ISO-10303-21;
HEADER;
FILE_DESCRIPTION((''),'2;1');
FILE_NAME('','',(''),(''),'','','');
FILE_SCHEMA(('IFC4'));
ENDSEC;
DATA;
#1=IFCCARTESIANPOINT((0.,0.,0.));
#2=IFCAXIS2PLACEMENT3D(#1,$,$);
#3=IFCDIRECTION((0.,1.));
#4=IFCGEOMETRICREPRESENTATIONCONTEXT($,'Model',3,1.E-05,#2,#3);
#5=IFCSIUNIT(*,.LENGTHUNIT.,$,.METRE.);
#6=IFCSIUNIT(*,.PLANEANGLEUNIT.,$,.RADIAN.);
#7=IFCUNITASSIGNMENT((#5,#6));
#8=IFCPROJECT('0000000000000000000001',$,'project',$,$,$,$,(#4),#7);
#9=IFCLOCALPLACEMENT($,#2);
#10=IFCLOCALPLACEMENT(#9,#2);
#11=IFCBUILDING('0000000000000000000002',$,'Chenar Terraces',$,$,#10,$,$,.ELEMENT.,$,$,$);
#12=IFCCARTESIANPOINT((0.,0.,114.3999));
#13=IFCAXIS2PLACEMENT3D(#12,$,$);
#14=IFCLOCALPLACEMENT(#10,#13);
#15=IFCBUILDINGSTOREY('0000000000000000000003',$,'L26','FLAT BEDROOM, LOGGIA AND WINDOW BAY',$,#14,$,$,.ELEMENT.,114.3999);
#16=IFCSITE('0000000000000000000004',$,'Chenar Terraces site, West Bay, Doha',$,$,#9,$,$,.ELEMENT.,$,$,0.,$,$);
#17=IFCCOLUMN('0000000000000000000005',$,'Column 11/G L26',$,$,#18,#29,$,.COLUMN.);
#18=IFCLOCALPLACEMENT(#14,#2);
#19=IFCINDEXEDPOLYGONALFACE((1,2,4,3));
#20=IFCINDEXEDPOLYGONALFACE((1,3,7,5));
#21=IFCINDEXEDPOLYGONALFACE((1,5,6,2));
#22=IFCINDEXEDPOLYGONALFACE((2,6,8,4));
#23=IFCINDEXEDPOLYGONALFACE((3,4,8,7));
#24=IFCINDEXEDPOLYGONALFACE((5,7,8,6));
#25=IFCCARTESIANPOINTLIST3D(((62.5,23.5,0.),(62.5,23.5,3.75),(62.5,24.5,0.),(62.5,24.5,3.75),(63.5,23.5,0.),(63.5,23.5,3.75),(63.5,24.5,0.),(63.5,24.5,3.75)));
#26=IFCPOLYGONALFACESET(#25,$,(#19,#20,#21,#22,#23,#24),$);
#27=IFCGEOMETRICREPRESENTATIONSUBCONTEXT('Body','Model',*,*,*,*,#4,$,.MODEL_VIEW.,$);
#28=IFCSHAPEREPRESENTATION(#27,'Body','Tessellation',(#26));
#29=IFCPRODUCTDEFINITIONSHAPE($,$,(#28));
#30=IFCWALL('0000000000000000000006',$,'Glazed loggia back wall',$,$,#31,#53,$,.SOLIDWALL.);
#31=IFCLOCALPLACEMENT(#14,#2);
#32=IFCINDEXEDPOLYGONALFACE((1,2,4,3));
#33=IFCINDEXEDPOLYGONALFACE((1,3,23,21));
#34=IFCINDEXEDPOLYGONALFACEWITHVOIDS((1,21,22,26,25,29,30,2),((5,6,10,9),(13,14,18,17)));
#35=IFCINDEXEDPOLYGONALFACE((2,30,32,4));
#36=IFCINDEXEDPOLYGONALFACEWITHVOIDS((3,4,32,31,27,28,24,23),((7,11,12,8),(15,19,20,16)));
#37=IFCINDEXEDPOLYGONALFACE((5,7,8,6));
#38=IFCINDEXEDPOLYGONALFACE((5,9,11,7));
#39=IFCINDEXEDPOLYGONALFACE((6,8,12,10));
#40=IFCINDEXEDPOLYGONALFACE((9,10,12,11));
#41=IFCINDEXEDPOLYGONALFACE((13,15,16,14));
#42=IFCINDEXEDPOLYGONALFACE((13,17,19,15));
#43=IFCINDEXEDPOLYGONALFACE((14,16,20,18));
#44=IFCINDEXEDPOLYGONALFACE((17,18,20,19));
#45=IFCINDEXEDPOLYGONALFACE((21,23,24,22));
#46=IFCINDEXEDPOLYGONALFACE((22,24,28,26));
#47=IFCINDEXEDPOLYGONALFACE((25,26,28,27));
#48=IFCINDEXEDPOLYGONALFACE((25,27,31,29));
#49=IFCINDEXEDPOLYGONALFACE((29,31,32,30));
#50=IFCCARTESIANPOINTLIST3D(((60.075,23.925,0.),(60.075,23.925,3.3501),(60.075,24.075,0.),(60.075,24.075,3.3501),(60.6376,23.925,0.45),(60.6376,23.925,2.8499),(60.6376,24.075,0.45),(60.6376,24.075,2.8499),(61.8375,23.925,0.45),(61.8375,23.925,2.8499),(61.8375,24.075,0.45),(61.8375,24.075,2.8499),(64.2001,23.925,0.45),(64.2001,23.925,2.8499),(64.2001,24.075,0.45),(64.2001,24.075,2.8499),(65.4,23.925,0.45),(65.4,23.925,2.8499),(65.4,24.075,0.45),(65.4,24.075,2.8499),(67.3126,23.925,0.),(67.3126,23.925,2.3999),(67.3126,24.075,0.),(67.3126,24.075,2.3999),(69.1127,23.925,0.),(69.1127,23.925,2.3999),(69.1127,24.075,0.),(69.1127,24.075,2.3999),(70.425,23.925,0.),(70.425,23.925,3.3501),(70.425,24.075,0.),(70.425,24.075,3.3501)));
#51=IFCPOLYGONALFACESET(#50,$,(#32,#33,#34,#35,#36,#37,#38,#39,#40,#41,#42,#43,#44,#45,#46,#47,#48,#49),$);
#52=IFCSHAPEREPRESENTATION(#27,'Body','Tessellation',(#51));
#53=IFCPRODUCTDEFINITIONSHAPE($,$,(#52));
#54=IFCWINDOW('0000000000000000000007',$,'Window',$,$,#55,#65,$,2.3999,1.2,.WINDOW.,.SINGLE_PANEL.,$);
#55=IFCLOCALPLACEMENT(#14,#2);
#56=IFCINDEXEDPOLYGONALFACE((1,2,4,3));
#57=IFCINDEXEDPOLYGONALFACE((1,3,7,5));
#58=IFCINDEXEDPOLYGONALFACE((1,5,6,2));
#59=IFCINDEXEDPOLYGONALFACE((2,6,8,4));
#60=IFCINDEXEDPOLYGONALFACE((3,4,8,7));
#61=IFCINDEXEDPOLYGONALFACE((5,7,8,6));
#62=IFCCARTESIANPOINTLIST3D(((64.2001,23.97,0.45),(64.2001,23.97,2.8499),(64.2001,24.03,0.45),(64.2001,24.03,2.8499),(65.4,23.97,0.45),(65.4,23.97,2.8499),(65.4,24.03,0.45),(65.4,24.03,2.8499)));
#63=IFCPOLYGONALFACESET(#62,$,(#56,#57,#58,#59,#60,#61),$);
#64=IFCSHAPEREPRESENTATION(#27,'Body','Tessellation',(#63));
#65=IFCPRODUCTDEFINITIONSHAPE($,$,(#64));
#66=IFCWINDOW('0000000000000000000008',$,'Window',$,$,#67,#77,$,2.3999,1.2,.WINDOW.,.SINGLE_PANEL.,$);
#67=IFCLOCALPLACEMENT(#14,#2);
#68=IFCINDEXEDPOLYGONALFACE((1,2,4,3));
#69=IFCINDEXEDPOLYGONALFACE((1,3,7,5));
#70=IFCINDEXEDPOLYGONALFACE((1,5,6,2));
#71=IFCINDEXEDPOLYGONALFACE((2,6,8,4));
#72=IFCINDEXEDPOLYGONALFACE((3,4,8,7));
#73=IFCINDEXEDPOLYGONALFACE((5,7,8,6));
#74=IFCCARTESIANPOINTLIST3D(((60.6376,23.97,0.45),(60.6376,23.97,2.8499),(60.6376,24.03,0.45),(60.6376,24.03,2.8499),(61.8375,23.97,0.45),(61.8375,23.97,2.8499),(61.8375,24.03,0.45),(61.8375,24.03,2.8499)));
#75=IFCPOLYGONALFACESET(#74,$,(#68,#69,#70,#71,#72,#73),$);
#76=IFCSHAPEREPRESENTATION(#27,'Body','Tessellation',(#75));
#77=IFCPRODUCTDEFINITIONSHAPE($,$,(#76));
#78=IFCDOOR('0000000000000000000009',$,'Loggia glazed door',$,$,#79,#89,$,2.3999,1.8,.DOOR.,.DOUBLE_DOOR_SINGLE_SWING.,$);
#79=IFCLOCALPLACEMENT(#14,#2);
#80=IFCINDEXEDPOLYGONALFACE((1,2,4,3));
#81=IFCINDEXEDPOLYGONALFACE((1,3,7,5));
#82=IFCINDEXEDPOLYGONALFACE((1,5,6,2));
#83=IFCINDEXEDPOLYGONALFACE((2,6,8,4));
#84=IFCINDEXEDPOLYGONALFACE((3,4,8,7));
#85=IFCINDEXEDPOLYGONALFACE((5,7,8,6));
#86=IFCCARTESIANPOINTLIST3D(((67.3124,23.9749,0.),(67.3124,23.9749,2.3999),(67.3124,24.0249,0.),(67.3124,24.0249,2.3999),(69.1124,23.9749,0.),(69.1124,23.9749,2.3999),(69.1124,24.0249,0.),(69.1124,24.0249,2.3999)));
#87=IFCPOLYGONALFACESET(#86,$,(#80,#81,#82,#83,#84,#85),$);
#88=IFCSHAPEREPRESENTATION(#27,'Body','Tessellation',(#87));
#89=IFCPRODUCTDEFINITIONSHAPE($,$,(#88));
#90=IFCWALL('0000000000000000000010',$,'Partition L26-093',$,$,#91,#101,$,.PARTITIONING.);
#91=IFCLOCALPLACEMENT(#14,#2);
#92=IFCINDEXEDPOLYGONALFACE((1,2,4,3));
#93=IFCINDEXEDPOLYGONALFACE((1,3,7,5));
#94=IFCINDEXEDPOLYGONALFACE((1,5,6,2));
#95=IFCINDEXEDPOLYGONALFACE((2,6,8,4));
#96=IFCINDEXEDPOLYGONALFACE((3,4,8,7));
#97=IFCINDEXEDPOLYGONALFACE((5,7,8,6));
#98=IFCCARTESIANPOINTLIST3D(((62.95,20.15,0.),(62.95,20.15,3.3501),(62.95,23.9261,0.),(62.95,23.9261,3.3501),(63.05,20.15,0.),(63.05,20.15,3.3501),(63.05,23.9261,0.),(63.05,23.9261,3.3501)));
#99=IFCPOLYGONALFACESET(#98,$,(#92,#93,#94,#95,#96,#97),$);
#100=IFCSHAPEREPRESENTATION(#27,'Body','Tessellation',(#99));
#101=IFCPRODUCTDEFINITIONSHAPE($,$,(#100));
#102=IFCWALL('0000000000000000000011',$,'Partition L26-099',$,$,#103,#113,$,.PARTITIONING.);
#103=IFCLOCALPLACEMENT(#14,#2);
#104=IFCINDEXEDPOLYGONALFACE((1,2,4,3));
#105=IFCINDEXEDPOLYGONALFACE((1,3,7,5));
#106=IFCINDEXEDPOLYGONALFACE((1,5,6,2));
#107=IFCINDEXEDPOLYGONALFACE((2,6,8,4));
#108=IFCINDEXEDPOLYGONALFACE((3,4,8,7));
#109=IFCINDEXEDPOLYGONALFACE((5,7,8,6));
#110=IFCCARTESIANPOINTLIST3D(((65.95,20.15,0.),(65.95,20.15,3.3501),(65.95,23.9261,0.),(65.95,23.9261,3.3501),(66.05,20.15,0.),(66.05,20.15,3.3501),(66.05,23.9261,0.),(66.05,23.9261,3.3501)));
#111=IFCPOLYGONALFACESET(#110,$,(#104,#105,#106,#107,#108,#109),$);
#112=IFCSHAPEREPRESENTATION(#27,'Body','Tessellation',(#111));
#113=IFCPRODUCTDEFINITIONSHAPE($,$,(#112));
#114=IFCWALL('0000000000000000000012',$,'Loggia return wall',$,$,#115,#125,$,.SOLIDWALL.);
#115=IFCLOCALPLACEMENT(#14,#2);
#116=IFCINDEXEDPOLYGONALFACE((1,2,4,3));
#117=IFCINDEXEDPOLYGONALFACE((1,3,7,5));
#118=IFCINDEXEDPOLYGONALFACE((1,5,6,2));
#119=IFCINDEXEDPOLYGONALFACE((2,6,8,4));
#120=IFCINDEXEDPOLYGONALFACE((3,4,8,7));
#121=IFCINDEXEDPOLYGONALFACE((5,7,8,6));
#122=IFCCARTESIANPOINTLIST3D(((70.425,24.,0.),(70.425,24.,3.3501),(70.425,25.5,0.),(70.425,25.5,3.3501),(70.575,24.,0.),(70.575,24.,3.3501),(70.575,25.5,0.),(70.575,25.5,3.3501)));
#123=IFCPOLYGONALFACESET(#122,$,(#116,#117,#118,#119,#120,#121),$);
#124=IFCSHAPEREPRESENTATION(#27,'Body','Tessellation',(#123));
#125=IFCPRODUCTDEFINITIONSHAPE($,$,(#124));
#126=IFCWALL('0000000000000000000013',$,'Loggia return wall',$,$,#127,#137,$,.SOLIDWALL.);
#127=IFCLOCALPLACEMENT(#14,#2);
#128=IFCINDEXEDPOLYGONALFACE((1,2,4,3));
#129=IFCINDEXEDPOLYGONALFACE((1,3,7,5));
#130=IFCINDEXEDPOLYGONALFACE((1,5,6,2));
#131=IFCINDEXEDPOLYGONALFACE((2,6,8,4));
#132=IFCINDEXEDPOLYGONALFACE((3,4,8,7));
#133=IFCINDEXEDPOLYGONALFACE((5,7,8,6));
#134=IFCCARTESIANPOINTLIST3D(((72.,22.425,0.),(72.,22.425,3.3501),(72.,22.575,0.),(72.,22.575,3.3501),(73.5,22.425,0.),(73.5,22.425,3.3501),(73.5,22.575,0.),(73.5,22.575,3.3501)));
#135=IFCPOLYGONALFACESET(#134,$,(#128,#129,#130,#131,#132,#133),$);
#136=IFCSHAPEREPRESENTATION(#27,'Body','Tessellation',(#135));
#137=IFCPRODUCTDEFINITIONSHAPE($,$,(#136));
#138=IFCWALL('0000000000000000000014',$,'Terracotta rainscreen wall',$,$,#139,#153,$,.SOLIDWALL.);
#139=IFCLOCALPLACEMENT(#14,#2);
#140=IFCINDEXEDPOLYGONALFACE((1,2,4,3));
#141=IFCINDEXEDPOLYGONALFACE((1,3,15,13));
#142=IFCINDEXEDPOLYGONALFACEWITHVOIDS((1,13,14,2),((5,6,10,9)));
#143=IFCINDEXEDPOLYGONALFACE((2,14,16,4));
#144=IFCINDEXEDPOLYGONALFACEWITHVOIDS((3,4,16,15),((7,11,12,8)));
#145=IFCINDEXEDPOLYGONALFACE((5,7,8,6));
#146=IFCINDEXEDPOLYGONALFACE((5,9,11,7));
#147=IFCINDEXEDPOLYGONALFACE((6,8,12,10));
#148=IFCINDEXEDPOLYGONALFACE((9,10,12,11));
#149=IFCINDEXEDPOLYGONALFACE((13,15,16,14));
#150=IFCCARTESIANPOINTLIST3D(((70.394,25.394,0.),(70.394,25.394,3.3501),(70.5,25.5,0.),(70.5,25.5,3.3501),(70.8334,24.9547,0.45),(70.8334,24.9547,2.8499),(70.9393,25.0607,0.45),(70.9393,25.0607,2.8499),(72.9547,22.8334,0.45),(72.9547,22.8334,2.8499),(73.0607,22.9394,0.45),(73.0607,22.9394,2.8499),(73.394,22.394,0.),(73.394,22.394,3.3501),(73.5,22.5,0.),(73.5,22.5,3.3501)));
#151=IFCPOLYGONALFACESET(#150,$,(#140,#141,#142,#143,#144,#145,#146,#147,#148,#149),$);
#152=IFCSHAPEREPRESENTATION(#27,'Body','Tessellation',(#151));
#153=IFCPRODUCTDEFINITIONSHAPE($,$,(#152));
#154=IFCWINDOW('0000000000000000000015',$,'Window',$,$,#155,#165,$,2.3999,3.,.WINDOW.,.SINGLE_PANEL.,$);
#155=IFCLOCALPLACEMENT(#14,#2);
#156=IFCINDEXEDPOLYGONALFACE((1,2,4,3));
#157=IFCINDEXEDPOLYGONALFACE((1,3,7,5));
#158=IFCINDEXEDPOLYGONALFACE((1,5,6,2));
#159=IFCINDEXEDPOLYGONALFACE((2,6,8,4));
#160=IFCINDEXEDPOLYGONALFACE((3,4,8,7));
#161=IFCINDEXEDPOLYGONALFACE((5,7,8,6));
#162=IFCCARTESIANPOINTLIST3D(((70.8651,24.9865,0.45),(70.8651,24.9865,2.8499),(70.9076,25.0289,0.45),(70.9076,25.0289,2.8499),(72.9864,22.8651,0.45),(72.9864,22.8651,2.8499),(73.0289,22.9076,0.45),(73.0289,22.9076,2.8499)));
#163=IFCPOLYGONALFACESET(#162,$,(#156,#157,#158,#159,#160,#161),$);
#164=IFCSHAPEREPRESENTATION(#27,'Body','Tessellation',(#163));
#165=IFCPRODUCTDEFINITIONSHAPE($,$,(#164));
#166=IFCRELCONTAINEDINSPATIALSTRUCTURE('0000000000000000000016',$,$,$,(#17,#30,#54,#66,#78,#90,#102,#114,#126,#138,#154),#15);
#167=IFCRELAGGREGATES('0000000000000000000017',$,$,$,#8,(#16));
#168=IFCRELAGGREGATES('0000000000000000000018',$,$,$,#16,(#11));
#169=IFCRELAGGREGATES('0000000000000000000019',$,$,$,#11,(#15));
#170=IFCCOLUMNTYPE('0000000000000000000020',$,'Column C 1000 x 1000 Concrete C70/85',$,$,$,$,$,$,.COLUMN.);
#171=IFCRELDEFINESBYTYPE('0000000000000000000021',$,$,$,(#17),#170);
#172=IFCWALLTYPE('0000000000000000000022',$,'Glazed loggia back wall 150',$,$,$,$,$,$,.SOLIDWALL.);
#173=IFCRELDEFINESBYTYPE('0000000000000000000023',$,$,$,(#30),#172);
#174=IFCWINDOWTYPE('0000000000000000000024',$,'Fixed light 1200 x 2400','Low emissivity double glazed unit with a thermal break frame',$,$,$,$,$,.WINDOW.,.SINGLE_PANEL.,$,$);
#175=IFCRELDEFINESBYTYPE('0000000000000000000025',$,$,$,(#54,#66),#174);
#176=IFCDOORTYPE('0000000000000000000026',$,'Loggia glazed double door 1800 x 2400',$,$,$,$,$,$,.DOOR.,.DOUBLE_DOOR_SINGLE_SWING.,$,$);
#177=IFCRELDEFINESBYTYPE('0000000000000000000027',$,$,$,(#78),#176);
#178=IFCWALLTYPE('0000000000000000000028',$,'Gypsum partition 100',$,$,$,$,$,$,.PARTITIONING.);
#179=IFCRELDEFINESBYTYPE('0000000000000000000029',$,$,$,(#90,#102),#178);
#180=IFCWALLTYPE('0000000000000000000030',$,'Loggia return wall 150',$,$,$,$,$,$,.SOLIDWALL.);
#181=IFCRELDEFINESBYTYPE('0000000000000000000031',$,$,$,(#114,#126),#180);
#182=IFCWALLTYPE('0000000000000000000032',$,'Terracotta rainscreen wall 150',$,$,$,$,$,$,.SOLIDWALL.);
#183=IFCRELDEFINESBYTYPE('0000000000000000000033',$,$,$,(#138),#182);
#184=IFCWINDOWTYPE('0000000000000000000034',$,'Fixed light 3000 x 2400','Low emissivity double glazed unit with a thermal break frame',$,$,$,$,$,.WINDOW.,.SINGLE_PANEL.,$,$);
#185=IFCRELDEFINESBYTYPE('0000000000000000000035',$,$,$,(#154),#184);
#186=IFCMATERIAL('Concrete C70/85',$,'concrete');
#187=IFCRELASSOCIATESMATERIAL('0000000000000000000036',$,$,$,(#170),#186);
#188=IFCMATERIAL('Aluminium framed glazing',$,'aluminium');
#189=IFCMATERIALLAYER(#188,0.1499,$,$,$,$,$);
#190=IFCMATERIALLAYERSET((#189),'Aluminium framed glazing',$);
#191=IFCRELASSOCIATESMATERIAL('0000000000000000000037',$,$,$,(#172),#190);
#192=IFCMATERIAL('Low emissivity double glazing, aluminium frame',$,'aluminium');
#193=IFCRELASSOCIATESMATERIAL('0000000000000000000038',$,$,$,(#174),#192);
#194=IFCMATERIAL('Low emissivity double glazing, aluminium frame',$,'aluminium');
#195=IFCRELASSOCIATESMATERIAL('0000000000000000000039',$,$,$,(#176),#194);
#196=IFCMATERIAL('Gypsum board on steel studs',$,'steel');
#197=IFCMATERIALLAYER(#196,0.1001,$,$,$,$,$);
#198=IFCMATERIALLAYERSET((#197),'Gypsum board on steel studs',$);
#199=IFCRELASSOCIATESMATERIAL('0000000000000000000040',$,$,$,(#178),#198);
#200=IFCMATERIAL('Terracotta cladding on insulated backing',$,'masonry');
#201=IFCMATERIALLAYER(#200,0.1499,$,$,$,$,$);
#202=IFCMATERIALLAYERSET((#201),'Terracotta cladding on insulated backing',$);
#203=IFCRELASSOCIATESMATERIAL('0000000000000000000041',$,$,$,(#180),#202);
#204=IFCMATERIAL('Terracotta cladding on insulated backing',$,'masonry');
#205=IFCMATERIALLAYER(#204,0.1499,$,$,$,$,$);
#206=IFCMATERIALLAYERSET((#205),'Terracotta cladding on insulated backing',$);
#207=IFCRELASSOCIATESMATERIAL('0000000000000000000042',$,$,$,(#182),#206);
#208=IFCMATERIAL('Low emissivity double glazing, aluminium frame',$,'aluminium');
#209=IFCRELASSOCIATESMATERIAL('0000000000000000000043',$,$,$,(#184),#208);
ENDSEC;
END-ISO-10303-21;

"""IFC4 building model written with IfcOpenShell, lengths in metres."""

from ifc_helpers import new_model, si_unit, direction, frame, frame_2d, origin, origin_2d, place, context, subcontext, project, spatial, rectangle, extrude, material, layer, layer_set, material_profile, profile_set, type_object, element, fill, save


model = new_model("IFC4")

# Units and contexts
model_context = context("Model", 3, precision=1e-05, world=origin(), true_north=direction((0.0, 1.0)))
body_context = subcontext(model_context, "Body", "Model", "MODEL_VIEW")
ifc_project = project(units=[si_unit("LENGTHUNIT", "METRE"), si_unit("PLANEANGLEUNIT", "RADIAN")], contexts=[model_context])

# Site, building, storey
site_placement = place(None, origin())
site = spatial("IfcSite", under=ifc_project, at=site_placement, Name="Chenar Terraces site, West Bay, Doha", CompositionType="ELEMENT", RefElevation=0.0)
building_placement = place(site_placement, origin())
building = spatial("IfcBuilding", under=site, at=building_placement, Name="Chenar Terraces", CompositionType="ELEMENT")
storey_placement = place(building_placement, frame((0.0, 0.0, 114.3999)))
storey = spatial("IfcBuildingStorey", under=building, at=storey_placement, Name="L26", Description="FLAT BEDROOM, LOGGIA AND WINDOW BAY", CompositionType="ELEMENT", Elevation=114.3999)

# Column
ifc_material_1 = material(Name="Concrete C70/85", Category="concrete")
ifc_material_profile_1 = material_profile(ifc_material_1, rectangle(XDim=1.0, YDim=1.0, at=origin_2d()), Name="C 1000 x 1000")
ifc_profile_set_1 = profile_set([ifc_material_profile_1], Name="Concrete C70/85")
column_type = type_object("IfcColumnType", Name="Column C 1000 x 1000 Concrete C70/85", PredefinedType="COLUMN", material=ifc_profile_set_1)
column_placement = place(storey_placement, frame((63.0, 24.0, 0.0), z_axis=(0.0, 0.0, 1.0), x_axis=(1.0, 0.0, 0.0)))
element("IfcColumn", 1, at=column_placement, inside=storey, type_object=column_type, Name="Column 11/G L26", PredefinedType="COLUMN", context=body_context, shape_type="SweptSolid", body=[
    extrude(rectangle(XDim=1.0, YDim=1.0, at=origin_2d()), origin(), (0.0, 0.0, 1.0), 3.75),
])

# Wall, openings, windows, door
ifc_material_2 = material(Name="Aluminium framed glazing", Category="aluminium")
ifc_layer_1 = layer(ifc_material_2, 0.1499)
ifc_layer_set_1 = layer_set([ifc_layer_1], Name="Aluminium framed glazing")
wall_type_1 = type_object("IfcWallType", Name="Glazed loggia back wall 150", PredefinedType="SOLIDWALL", material=ifc_layer_set_1)
wall_1_placement = place(storey_placement, frame((70.425, 24.0, 0.0), z_axis=(0.0, 0.0, 1.0), x_axis=(-1.0, 0.0, 0.0)))
wall_1 = element("IfcWall", 2, at=wall_1_placement, inside=storey, type_object=wall_type_1, Name="Glazed loggia back wall", PredefinedType="SOLIDWALL", context=body_context, shape_type="SweptSolid", body=[
    extrude(rectangle(XDim=10.3501, YDim=0.1499, at=frame_2d((5.175, 0.0))), origin(), (0.0, 0.0, 1.0), 3.3501),
])
opening_1_placement = place(wall_1_placement, frame((1.3125, 0.0, 0.0)))
opening_1 = element("IfcOpeningElement", 3, at=opening_1_placement, cuts=wall_1, PredefinedType="OPENING", context=body_context, shape_type="SweptSolid", body=[
    extrude(rectangle(XDim=1.8, YDim=2.3999, at=frame_2d((0.8999, 1.2))), frame((0.0, 0.085, 0.0), z_axis=(0.0, -1.0, 0.0), x_axis=(1.0, 0.0, 0.0)), (0.0, 0.0, 1.0), 0.1699),
])
opening_2_placement = place(wall_1_placement, frame((5.0249, 0.0, 0.45)))
opening_2 = element("IfcOpeningElement", 4, at=opening_2_placement, cuts=wall_1, PredefinedType="OPENING", context=body_context, shape_type="SweptSolid", body=[
    extrude(rectangle(XDim=1.2, YDim=2.3999, at=frame_2d((0.6001, 1.2))), frame((0.0, 0.085, 0.0), z_axis=(0.0, -1.0, 0.0), x_axis=(1.0, 0.0, 0.0)), (0.0, 0.0, 1.0), 0.1699),
])
opening_3_placement = place(wall_1_placement, frame((8.5874, 0.0, 0.45)))
opening_3 = element("IfcOpeningElement", 5, at=opening_3_placement, cuts=wall_1, PredefinedType="OPENING", context=body_context, shape_type="SweptSolid", body=[
    extrude(rectangle(XDim=1.2, YDim=2.3999, at=frame_2d((0.6001, 1.2))), frame((0.0, 0.085, 0.0), z_axis=(0.0, -1.0, 0.0), x_axis=(1.0, 0.0, 0.0)), (0.0, 0.0, 1.0), 0.1699),
])
ifc_material_3 = material(Name="Low emissivity double glazing, aluminium frame", Category="aluminium")
window_type_1 = type_object("IfcWindowType", Name="Fixed light 1200 x 2400", Description="Low emissivity double glazed unit with a thermal break frame", PartitioningType="SINGLE_PANEL", PredefinedType="WINDOW", material=ifc_material_3)
window_1_placement = place(opening_2_placement, origin())
window_1 = element("IfcWindow", 6, at=window_1_placement, inside=storey, type_object=window_type_1, Name="Window", OverallHeight=2.3999, OverallWidth=1.2, PartitioningType="SINGLE_PANEL", PredefinedType="WINDOW", context=body_context, shape_type="SweptSolid", body=[
    extrude(rectangle(XDim=1.2, YDim=2.3999, at=frame_2d((0.6001, 1.2))), frame((0.0, 0.03, 0.0), z_axis=(0.0, -1.0, 0.0), x_axis=(1.0, 0.0, 0.0)), (0.0, 0.0, 1.0), 0.0601),
])
fill(opening_2, window_1)
window_2_placement = place(opening_3_placement, origin())
window_2 = element("IfcWindow", 7, at=window_2_placement, inside=storey, type_object=window_type_1, Name="Window", OverallHeight=2.3999, OverallWidth=1.2, PartitioningType="SINGLE_PANEL", PredefinedType="WINDOW", context=body_context, shape_type="SweptSolid", body=[
    extrude(rectangle(XDim=1.2, YDim=2.3999, at=frame_2d((0.6001, 1.2))), frame((0.0, 0.03, 0.0), z_axis=(0.0, -1.0, 0.0), x_axis=(1.0, 0.0, 0.0)), (0.0, 0.0, 1.0), 0.0601),
])
fill(opening_3, window_2)
ifc_material_4 = material(Name="Low emissivity double glazing, aluminium frame", Category="aluminium")
door_type_1 = type_object("IfcDoorType", Name="Loggia glazed double door 1800 x 2400", OperationType="DOUBLE_DOOR_SINGLE_SWING", PredefinedType="DOOR", material=ifc_material_4)
door_1_placement = place(opening_1_placement, frame((1.8, 0.0, 0.0), z_axis=(0.0, 0.0, 1.0), x_axis=(-1.0, 0.0, 0.0)))
door_1 = element("IfcDoor", 8, at=door_1_placement, inside=storey, type_object=door_type_1, Name="Loggia glazed door", OperationType="DOUBLE_DOOR_SINGLE_SWING", OverallHeight=2.3999, OverallWidth=1.8, PredefinedType="DOOR", context=body_context, shape_type="SweptSolid", body=[
    extrude(rectangle(XDim=1.8, YDim=2.3999, at=frame_2d((0.8999, 1.2))), frame((0.0, 0.0249, 0.0), z_axis=(0.0, -1.0, 0.0), x_axis=(1.0, 0.0, 0.0)), (0.0, 0.0, 1.0), 0.05),
])
fill(opening_1, door_1)

# Walls
ifc_material_5 = material(Name="Gypsum board on steel studs", Category="steel")
ifc_layer_2 = layer(ifc_material_5, 0.1001)
ifc_layer_set_2 = layer_set([ifc_layer_2], Name="Gypsum board on steel studs")
wall_type_2 = type_object("IfcWallType", Name="Gypsum partition 100", PredefinedType="PARTITIONING", material=ifc_layer_set_2)
for number, where, z_axis, x_axis, name in (
    (9, (63.0, 20.1499, 0.0), (0.0, 0.0, 1.0), (0.0, 1.0, 0.0), "Partition L26-093"),
    (10, (66.0, 20.1499, 0.0), (0.0, 0.0, 1.0), (0.0, 1.0, 0.0), "Partition L26-099"),
):
    element("IfcWall", number, at=place(storey_placement, frame(where, z_axis=z_axis, x_axis=x_axis)), inside=storey, type_object=wall_type_2, Name=name, PredefinedType="PARTITIONING", context=body_context, shape_type="SweptSolid", body=[
        extrude(rectangle(XDim=3.7761, YDim=0.1001, at=frame_2d((1.8882, 0.0))), origin(), (0.0, 0.0, 1.0), 3.3501),
    ])
ifc_material_6 = material(Name="Terracotta cladding on insulated backing", Category="masonry")
ifc_layer_3 = layer(ifc_material_6, 0.1499)
ifc_layer_set_3 = layer_set([ifc_layer_3], Name="Terracotta cladding on insulated backing")
wall_type_3 = type_object("IfcWallType", Name="Loggia return wall 150", PredefinedType="SOLIDWALL", material=ifc_layer_set_3)
for number, where, z_axis, x_axis, name in (
    (11, (70.5, 25.5, 0.0), (0.0, 0.0, 1.0), (0.0, -1.0, 0.0), "Loggia return wall"),
    (12, (73.5, 22.5, 0.0), (0.0, 0.0, 1.0), (-1.0, 0.0, 0.0), "Loggia return wall"),
):
    element("IfcWall", number, at=place(storey_placement, frame(where, z_axis=z_axis, x_axis=x_axis)), inside=storey, type_object=wall_type_3, Name=name, PredefinedType="SOLIDWALL", context=body_context, shape_type="SweptSolid", body=[
        extrude(rectangle(XDim=1.5, YDim=0.1499, at=frame_2d((0.75, 0.0))), origin(), (0.0, 0.0, 1.0), 3.3501),
    ])

# Wall, opening, window
ifc_material_7 = material(Name="Terracotta cladding on insulated backing", Category="masonry")
ifc_layer_4 = layer(ifc_material_7, 0.1499)
ifc_layer_set_4 = layer_set([ifc_layer_4], Name="Terracotta cladding on insulated backing")
wall_type_4 = type_object("IfcWallType", Name="Terracotta rainscreen wall 150", PredefinedType="SOLIDWALL", material=ifc_layer_set_4)
wall_2_placement = place(storey_placement, frame((73.447, 22.447, 0.0), z_axis=(0.0, 0.0, 1.0), x_axis=(-0.707107, 0.707107, 0.0)))
wall_2 = element("IfcWall", 13, at=wall_2_placement, inside=storey, type_object=wall_type_4, Name="Terracotta rainscreen wall", PredefinedType="SOLIDWALL", context=body_context, shape_type="SweptSolid", body=[
    extrude(rectangle(XDim=4.2427, YDim=0.1499, at=frame_2d((2.1213, 0.0))), origin(), (0.0, 0.0, 1.0), 3.3501),
])
opening_4_placement = place(wall_2_placement, frame((0.6213, 0.0, 0.45)))
opening_4 = element("IfcOpeningElement", 14, at=opening_4_placement, cuts=wall_2, PredefinedType="OPENING", context=body_context, shape_type="SweptSolid", body=[
    extrude(rectangle(XDim=3.0, YDim=2.3999, at=frame_2d((1.5, 1.2))), frame((0.0, 0.085, 0.0), z_axis=(0.0, -1.0, 0.0), x_axis=(1.0, 0.0, 0.0)), (0.0, 0.0, 1.0), 0.1699),
])
ifc_material_8 = material(Name="Low emissivity double glazing, aluminium frame", Category="aluminium")
window_type_2 = type_object("IfcWindowType", Name="Fixed light 3000 x 2400", Description="Low emissivity double glazed unit with a thermal break frame", PartitioningType="SINGLE_PANEL", PredefinedType="WINDOW", material=ifc_material_8)
window_3_placement = place(opening_4_placement, origin())
window_3 = element("IfcWindow", 15, at=window_3_placement, inside=storey, type_object=window_type_2, Name="Window", OverallHeight=2.3999, OverallWidth=3.0, PartitioningType="SINGLE_PANEL", PredefinedType="WINDOW", context=body_context, shape_type="SweptSolid", body=[
    extrude(rectangle(XDim=3.0, YDim=2.3999, at=frame_2d((1.5, 1.2))), frame((0.0, 0.03, 0.0), z_axis=(0.0, -1.0, 0.0), x_axis=(1.0, 0.0, 0.0)), (0.0, 0.0, 1.0), 0.0601),
])
fill(opening_4, window_3)

save(model, "model.ifc")
